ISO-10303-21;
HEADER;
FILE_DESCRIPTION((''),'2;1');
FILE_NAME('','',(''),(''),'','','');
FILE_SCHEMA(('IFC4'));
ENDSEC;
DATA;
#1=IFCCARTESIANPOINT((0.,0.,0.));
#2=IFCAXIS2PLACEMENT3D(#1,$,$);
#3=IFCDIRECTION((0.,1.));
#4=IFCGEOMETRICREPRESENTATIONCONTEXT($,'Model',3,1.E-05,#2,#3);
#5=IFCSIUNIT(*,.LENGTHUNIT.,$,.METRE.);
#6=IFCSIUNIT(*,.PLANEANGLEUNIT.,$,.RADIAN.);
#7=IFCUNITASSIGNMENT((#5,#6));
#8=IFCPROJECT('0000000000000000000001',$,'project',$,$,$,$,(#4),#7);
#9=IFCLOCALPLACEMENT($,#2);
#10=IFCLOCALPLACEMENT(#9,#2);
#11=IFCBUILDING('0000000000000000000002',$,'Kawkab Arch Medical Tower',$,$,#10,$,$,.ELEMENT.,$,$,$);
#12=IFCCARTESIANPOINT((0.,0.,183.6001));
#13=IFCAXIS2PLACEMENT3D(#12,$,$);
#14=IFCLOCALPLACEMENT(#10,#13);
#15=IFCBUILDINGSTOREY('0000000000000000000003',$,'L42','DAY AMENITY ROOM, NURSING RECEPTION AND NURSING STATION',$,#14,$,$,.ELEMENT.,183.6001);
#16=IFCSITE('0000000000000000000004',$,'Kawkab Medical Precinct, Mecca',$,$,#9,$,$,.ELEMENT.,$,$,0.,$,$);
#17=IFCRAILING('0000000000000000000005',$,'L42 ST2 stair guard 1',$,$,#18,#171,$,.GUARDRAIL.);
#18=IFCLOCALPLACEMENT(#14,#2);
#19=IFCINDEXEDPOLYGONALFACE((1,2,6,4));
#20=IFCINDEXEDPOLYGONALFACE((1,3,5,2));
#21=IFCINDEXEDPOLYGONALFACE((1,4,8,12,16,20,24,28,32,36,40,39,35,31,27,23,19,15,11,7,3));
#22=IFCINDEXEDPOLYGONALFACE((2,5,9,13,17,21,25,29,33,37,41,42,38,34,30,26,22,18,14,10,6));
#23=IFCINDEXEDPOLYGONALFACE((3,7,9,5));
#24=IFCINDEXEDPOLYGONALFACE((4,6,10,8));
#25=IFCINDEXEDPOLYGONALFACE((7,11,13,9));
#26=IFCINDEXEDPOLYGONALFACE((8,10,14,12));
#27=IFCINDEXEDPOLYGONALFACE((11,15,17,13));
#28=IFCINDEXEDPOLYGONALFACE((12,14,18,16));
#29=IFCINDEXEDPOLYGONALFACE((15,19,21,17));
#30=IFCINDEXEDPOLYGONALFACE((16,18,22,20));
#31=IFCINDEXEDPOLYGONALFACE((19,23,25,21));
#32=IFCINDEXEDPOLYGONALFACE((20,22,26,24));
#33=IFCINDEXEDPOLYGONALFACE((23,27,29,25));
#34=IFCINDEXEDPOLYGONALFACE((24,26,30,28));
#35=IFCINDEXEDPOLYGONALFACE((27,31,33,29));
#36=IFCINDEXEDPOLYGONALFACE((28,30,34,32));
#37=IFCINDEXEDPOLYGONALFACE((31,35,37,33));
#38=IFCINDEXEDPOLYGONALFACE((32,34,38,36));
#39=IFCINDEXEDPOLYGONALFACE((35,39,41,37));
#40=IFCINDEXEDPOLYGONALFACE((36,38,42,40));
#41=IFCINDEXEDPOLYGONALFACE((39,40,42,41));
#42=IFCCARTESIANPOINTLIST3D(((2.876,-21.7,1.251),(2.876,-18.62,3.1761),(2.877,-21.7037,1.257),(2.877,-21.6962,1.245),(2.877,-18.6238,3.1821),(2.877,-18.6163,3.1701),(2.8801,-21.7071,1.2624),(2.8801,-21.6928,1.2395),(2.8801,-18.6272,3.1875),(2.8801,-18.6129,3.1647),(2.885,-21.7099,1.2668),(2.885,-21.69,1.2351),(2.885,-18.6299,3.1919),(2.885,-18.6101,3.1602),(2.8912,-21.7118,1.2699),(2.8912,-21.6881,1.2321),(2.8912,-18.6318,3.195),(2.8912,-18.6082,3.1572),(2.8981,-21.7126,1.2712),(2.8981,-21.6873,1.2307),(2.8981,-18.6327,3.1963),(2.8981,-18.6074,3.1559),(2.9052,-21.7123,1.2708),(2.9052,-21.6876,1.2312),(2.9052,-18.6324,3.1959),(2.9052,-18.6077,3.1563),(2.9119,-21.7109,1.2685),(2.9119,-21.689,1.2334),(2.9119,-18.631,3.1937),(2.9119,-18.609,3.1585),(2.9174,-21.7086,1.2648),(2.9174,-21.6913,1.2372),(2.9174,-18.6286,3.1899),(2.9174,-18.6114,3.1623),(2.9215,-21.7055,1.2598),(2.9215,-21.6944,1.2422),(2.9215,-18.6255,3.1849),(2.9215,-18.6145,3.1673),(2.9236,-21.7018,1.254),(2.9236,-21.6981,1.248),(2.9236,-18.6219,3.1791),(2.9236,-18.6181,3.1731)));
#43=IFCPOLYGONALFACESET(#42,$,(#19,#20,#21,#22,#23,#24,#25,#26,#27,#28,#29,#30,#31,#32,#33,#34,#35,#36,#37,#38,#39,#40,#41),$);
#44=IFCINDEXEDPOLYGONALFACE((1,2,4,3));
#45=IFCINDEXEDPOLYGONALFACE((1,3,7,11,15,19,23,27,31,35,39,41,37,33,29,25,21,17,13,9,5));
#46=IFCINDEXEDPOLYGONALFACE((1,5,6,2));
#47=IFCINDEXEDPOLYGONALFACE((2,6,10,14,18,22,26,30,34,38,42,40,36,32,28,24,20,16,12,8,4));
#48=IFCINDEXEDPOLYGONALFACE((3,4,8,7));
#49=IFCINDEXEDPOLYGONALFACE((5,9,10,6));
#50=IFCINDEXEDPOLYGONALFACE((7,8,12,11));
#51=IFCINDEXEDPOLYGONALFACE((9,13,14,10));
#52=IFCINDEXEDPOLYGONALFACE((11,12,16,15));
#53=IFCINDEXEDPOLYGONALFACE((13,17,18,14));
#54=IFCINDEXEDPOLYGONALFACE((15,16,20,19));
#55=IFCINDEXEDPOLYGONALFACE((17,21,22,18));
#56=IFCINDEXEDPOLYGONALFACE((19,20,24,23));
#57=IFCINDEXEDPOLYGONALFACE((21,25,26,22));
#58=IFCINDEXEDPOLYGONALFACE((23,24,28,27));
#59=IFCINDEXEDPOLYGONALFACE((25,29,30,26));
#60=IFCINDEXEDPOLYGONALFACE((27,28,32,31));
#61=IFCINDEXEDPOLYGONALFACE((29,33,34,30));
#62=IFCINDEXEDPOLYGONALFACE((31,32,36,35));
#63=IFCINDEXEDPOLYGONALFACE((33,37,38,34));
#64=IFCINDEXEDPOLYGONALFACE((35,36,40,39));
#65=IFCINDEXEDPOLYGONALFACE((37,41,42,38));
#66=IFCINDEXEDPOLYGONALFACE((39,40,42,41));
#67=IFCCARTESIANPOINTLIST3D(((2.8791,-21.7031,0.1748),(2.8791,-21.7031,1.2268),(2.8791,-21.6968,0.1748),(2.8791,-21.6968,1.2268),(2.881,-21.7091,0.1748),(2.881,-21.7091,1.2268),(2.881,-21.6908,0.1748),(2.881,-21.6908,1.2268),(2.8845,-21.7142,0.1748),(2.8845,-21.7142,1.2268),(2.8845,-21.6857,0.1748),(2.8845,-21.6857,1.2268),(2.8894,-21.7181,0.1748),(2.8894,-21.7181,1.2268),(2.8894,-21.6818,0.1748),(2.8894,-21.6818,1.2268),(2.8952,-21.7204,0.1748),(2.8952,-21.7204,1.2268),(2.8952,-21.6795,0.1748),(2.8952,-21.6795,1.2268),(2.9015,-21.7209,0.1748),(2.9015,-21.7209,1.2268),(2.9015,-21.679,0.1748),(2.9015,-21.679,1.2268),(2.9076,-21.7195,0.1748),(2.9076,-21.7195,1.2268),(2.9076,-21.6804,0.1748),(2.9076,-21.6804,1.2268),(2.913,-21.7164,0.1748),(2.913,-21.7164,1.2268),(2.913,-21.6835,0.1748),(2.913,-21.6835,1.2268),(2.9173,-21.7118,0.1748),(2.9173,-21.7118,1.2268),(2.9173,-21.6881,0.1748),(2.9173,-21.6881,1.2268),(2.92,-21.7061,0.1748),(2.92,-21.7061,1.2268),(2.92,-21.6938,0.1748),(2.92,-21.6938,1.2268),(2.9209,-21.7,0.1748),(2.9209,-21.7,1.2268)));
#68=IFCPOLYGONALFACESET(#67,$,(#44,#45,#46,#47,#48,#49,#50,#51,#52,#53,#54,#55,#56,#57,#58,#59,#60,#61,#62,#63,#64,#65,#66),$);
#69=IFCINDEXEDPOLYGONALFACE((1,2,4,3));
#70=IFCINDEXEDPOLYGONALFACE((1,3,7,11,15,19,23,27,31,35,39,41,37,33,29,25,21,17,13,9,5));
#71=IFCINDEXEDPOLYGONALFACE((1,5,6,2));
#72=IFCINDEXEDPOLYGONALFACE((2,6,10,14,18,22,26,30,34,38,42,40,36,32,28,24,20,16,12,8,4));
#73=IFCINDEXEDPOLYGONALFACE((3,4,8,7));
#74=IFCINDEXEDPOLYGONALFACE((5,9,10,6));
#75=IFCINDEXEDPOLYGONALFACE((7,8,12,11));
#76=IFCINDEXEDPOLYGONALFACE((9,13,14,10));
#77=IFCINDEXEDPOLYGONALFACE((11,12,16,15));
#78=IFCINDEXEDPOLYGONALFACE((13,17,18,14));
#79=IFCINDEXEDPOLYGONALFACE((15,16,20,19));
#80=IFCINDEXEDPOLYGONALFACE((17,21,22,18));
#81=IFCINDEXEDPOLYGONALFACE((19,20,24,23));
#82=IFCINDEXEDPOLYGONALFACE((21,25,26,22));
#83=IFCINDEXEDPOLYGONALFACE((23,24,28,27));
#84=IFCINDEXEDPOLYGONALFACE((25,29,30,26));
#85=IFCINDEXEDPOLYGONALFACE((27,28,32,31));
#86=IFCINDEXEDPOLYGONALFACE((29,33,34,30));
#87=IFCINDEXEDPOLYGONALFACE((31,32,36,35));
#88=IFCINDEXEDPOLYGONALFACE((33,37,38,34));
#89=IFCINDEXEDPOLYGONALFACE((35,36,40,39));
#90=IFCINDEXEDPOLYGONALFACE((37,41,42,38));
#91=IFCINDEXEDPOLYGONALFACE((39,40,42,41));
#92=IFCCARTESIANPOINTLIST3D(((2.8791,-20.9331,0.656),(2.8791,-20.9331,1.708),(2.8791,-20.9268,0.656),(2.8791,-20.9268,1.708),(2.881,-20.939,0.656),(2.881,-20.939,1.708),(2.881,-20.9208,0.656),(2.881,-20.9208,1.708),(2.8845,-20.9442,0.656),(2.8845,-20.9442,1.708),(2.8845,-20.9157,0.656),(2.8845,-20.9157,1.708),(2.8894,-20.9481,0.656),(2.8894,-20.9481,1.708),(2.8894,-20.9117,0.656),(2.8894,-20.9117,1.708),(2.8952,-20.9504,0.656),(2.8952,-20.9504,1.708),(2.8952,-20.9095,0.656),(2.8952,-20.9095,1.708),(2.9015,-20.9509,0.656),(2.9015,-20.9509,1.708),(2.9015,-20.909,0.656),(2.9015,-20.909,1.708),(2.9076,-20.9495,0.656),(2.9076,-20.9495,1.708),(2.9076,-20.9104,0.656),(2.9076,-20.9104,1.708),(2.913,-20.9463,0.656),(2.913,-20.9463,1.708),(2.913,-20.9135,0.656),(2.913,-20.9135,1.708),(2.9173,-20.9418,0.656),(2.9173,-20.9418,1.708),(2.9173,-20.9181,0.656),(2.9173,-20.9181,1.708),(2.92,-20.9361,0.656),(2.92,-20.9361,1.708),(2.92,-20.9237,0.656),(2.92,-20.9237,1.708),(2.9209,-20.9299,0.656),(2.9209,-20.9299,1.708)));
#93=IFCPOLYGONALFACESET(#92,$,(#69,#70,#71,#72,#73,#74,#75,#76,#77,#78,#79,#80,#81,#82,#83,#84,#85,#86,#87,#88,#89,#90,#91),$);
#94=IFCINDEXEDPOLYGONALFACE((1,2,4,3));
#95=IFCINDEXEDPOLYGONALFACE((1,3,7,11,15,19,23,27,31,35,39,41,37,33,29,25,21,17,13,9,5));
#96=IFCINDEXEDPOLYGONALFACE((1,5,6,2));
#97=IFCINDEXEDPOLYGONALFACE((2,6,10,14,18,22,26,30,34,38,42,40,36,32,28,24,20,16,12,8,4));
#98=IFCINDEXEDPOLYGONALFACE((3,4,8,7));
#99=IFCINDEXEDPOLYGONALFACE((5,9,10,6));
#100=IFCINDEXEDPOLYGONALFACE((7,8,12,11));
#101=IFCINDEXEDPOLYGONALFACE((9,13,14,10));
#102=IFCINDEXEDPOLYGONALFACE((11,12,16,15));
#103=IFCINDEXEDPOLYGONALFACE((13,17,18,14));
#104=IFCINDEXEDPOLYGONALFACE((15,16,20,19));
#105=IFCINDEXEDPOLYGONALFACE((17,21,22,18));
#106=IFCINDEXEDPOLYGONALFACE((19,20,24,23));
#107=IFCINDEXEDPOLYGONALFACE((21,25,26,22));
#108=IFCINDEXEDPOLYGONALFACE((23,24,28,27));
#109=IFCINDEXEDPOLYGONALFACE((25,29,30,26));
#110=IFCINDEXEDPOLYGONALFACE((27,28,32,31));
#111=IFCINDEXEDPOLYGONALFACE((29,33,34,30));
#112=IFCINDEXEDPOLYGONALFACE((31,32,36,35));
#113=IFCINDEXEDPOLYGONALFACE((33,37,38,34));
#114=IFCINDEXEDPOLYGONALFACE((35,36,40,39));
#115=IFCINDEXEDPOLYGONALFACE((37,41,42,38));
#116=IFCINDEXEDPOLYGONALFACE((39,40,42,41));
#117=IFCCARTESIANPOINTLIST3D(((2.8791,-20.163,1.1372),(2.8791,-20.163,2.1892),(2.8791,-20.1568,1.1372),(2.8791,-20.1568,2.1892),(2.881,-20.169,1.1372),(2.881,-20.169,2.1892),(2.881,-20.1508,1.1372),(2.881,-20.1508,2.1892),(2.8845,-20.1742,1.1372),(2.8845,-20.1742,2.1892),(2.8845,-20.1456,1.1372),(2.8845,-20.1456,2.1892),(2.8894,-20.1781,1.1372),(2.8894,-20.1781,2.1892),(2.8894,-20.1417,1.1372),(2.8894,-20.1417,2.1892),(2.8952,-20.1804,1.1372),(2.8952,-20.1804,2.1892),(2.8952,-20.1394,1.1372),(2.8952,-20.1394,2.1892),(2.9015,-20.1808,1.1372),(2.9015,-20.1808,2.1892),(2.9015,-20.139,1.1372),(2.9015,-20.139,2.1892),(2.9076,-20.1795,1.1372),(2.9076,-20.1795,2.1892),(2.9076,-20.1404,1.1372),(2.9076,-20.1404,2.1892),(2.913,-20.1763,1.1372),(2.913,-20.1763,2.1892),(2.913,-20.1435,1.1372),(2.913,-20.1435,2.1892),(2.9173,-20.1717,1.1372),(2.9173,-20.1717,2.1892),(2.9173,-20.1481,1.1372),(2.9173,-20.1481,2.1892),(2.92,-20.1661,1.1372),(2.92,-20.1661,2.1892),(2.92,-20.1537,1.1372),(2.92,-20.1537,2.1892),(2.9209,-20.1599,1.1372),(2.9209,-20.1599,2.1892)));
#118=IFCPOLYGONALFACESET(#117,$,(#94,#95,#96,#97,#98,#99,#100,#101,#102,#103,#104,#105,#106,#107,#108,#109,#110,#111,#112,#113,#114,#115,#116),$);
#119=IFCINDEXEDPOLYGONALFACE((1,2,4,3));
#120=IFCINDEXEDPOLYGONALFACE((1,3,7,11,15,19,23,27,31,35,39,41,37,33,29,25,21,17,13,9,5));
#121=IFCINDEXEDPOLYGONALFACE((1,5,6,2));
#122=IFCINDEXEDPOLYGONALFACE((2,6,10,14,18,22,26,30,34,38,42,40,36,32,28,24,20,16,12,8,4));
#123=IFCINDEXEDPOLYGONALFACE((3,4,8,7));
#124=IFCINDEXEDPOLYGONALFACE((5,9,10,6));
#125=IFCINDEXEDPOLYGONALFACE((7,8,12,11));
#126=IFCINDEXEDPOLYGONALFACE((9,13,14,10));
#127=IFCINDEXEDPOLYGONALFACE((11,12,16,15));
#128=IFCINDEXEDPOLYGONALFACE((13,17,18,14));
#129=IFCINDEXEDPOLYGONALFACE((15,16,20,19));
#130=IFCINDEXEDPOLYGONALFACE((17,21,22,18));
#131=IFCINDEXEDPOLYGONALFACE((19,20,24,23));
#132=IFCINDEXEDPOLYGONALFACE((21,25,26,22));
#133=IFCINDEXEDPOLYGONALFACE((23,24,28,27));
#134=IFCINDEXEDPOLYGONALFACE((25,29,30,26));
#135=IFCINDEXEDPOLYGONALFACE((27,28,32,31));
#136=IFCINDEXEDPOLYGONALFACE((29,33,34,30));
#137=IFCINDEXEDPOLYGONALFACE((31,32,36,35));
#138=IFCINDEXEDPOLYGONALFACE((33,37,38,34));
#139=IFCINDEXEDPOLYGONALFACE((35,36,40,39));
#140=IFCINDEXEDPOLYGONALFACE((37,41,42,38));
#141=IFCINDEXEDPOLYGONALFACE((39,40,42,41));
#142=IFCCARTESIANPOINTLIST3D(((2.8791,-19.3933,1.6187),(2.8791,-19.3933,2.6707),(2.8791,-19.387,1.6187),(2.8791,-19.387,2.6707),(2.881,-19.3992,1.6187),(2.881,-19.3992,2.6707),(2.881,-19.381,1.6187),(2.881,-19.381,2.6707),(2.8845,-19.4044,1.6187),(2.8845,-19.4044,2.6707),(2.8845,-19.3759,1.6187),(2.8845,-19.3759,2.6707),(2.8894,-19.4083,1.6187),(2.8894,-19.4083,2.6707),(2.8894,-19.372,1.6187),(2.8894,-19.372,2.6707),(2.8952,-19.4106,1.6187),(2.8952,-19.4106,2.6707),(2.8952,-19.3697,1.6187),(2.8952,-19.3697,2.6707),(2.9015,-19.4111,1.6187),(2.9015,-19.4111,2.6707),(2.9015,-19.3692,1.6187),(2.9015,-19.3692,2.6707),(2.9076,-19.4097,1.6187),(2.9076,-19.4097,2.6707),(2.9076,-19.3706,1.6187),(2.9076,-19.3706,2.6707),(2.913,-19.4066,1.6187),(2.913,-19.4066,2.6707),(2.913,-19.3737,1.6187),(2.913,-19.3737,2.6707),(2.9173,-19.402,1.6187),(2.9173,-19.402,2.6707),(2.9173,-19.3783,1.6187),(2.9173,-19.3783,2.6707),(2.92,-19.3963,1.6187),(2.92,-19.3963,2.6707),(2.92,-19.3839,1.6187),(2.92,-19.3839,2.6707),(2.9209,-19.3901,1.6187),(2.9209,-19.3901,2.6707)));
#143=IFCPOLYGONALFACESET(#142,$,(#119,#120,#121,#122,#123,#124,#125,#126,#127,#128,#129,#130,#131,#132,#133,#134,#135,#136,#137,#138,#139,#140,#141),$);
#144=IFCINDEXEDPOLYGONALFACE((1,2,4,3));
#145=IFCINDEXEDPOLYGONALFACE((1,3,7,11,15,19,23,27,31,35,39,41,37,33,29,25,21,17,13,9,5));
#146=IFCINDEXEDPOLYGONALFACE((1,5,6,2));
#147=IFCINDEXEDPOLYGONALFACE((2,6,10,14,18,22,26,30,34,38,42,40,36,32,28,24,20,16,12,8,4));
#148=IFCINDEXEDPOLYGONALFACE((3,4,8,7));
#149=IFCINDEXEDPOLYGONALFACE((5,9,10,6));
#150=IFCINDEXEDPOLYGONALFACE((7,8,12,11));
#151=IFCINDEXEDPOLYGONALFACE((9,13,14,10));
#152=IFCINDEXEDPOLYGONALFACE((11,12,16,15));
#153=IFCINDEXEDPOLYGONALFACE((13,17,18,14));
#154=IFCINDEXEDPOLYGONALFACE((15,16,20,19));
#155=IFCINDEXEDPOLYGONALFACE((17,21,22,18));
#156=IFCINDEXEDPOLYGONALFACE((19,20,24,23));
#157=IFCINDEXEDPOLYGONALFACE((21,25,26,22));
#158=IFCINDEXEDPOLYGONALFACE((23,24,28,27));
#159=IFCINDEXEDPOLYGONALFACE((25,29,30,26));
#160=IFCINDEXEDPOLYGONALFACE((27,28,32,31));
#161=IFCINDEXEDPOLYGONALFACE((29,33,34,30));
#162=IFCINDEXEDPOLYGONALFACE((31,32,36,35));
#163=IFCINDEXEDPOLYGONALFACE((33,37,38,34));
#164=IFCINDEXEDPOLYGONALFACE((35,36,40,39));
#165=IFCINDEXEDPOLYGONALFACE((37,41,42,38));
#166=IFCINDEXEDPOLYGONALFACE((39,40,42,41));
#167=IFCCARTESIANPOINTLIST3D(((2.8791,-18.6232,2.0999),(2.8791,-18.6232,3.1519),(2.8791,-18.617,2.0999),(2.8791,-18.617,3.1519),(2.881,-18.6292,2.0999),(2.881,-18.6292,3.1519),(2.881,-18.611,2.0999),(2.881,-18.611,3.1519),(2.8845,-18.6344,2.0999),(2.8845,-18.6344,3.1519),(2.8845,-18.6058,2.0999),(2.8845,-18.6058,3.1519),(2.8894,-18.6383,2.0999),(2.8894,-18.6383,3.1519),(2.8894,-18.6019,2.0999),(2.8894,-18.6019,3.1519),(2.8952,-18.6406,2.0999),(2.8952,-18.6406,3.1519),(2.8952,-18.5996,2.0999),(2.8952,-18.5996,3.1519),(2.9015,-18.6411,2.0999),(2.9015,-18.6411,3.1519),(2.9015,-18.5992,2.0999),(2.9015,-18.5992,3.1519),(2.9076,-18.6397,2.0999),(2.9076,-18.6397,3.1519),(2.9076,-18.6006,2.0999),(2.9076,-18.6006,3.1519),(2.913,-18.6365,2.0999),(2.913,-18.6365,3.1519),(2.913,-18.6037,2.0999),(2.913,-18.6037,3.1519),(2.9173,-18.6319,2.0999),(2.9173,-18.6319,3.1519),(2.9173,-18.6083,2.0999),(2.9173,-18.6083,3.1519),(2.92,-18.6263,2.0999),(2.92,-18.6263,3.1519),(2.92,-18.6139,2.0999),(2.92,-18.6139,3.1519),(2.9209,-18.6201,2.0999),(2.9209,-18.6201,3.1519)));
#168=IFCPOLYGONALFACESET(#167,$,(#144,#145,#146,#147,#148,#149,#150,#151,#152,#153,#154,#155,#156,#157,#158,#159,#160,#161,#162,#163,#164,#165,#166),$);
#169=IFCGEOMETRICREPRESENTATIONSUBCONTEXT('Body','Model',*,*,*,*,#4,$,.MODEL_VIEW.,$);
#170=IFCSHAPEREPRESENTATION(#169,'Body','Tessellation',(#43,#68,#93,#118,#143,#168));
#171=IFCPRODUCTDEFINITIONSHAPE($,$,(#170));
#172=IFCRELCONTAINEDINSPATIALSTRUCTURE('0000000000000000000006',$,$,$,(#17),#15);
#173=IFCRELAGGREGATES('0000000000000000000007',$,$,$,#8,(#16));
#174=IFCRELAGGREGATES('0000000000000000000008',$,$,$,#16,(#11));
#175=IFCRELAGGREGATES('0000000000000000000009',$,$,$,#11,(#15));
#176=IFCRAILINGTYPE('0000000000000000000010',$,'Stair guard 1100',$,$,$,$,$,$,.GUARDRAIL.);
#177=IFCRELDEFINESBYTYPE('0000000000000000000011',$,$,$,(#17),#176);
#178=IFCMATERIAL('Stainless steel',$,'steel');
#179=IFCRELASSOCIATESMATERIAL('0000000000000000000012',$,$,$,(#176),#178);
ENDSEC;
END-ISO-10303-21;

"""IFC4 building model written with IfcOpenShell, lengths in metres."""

from ifc_helpers import new_model, si_unit, direction, frame, origin, origin_2d, place, context, subcontext, project, spatial, circle, extrude, material, type_object, element, save


model = new_model("IFC4")

# Units and contexts
model_context = context("Model", 3, precision=1e-05, world=origin(), true_north=direction((0.0, 1.0)))
body_context = subcontext(model_context, "Body", "Model", "MODEL_VIEW")
ifc_project = project(units=[si_unit("LENGTHUNIT", "METRE"), si_unit("PLANEANGLEUNIT", "RADIAN")], contexts=[model_context])

# Site, building, storey
site_placement = place(None, origin())
site = spatial("IfcSite", under=ifc_project, at=site_placement, Name="Kawkab Medical Precinct, Mecca", CompositionType="ELEMENT", RefElevation=0.0)
building_placement = place(site_placement, origin())
building = spatial("IfcBuilding", under=site, at=building_placement, Name="Kawkab Arch Medical Tower", CompositionType="ELEMENT")
storey_placement = place(building_placement, frame((0.0, 0.0, 183.6001)))
storey = spatial("IfcBuildingStorey", under=building, at=storey_placement, Name="L42", Description="DAY AMENITY ROOM, NURSING RECEPTION AND NURSING STATION", CompositionType="ELEMENT", Elevation=183.6001)

# Railing
ifc_material_1 = material(Name="Stainless steel", Category="steel")
railing_type = type_object("IfcRailingType", Name="Stair guard 1100", PredefinedType="GUARDRAIL", material=ifc_material_1)
railing_1_placement = place(storey_placement, frame((2.8999, -21.7, 0.1748)))
element("IfcRailing", 1, at=railing_1_placement, inside=storey, type_object=railing_type, Name="L42 ST2 stair guard 1", PredefinedType="GUARDRAIL", context=body_context, shape_type="SweptSolid", body=[
    extrude(circle(Radius=0.0239, at=origin_2d()), frame((0.0, 0.0, 1.0762), z_axis=(0.0, 0.847979, 0.530029), x_axis=(-1.0, 0.0, 0.0)), (0.0, 0.0, 1.0), 3.6321),
    extrude(circle(Radius=0.021, at=origin_2d()), origin(), (0.0, 0.0, 1.0), 1.052),
    extrude(circle(Radius=0.021, at=origin_2d()), frame((0.0, 0.77, 0.4812)), (0.0, 0.0, 1.0), 1.052),
    extrude(circle(Radius=0.021, at=origin_2d()), frame((0.0, 1.54, 0.9624)), (0.0, 0.0, 1.0), 1.052),
    extrude(circle(Radius=0.021, at=origin_2d()), frame((0.0, 2.3098, 1.4438)), (0.0, 0.0, 1.0), 1.052),
    extrude(circle(Radius=0.021, at=origin_2d()), frame((0.0, 3.0798, 1.925)), (0.0, 0.0, 1.0), 1.052),
])

save(model, "model.ifc")
